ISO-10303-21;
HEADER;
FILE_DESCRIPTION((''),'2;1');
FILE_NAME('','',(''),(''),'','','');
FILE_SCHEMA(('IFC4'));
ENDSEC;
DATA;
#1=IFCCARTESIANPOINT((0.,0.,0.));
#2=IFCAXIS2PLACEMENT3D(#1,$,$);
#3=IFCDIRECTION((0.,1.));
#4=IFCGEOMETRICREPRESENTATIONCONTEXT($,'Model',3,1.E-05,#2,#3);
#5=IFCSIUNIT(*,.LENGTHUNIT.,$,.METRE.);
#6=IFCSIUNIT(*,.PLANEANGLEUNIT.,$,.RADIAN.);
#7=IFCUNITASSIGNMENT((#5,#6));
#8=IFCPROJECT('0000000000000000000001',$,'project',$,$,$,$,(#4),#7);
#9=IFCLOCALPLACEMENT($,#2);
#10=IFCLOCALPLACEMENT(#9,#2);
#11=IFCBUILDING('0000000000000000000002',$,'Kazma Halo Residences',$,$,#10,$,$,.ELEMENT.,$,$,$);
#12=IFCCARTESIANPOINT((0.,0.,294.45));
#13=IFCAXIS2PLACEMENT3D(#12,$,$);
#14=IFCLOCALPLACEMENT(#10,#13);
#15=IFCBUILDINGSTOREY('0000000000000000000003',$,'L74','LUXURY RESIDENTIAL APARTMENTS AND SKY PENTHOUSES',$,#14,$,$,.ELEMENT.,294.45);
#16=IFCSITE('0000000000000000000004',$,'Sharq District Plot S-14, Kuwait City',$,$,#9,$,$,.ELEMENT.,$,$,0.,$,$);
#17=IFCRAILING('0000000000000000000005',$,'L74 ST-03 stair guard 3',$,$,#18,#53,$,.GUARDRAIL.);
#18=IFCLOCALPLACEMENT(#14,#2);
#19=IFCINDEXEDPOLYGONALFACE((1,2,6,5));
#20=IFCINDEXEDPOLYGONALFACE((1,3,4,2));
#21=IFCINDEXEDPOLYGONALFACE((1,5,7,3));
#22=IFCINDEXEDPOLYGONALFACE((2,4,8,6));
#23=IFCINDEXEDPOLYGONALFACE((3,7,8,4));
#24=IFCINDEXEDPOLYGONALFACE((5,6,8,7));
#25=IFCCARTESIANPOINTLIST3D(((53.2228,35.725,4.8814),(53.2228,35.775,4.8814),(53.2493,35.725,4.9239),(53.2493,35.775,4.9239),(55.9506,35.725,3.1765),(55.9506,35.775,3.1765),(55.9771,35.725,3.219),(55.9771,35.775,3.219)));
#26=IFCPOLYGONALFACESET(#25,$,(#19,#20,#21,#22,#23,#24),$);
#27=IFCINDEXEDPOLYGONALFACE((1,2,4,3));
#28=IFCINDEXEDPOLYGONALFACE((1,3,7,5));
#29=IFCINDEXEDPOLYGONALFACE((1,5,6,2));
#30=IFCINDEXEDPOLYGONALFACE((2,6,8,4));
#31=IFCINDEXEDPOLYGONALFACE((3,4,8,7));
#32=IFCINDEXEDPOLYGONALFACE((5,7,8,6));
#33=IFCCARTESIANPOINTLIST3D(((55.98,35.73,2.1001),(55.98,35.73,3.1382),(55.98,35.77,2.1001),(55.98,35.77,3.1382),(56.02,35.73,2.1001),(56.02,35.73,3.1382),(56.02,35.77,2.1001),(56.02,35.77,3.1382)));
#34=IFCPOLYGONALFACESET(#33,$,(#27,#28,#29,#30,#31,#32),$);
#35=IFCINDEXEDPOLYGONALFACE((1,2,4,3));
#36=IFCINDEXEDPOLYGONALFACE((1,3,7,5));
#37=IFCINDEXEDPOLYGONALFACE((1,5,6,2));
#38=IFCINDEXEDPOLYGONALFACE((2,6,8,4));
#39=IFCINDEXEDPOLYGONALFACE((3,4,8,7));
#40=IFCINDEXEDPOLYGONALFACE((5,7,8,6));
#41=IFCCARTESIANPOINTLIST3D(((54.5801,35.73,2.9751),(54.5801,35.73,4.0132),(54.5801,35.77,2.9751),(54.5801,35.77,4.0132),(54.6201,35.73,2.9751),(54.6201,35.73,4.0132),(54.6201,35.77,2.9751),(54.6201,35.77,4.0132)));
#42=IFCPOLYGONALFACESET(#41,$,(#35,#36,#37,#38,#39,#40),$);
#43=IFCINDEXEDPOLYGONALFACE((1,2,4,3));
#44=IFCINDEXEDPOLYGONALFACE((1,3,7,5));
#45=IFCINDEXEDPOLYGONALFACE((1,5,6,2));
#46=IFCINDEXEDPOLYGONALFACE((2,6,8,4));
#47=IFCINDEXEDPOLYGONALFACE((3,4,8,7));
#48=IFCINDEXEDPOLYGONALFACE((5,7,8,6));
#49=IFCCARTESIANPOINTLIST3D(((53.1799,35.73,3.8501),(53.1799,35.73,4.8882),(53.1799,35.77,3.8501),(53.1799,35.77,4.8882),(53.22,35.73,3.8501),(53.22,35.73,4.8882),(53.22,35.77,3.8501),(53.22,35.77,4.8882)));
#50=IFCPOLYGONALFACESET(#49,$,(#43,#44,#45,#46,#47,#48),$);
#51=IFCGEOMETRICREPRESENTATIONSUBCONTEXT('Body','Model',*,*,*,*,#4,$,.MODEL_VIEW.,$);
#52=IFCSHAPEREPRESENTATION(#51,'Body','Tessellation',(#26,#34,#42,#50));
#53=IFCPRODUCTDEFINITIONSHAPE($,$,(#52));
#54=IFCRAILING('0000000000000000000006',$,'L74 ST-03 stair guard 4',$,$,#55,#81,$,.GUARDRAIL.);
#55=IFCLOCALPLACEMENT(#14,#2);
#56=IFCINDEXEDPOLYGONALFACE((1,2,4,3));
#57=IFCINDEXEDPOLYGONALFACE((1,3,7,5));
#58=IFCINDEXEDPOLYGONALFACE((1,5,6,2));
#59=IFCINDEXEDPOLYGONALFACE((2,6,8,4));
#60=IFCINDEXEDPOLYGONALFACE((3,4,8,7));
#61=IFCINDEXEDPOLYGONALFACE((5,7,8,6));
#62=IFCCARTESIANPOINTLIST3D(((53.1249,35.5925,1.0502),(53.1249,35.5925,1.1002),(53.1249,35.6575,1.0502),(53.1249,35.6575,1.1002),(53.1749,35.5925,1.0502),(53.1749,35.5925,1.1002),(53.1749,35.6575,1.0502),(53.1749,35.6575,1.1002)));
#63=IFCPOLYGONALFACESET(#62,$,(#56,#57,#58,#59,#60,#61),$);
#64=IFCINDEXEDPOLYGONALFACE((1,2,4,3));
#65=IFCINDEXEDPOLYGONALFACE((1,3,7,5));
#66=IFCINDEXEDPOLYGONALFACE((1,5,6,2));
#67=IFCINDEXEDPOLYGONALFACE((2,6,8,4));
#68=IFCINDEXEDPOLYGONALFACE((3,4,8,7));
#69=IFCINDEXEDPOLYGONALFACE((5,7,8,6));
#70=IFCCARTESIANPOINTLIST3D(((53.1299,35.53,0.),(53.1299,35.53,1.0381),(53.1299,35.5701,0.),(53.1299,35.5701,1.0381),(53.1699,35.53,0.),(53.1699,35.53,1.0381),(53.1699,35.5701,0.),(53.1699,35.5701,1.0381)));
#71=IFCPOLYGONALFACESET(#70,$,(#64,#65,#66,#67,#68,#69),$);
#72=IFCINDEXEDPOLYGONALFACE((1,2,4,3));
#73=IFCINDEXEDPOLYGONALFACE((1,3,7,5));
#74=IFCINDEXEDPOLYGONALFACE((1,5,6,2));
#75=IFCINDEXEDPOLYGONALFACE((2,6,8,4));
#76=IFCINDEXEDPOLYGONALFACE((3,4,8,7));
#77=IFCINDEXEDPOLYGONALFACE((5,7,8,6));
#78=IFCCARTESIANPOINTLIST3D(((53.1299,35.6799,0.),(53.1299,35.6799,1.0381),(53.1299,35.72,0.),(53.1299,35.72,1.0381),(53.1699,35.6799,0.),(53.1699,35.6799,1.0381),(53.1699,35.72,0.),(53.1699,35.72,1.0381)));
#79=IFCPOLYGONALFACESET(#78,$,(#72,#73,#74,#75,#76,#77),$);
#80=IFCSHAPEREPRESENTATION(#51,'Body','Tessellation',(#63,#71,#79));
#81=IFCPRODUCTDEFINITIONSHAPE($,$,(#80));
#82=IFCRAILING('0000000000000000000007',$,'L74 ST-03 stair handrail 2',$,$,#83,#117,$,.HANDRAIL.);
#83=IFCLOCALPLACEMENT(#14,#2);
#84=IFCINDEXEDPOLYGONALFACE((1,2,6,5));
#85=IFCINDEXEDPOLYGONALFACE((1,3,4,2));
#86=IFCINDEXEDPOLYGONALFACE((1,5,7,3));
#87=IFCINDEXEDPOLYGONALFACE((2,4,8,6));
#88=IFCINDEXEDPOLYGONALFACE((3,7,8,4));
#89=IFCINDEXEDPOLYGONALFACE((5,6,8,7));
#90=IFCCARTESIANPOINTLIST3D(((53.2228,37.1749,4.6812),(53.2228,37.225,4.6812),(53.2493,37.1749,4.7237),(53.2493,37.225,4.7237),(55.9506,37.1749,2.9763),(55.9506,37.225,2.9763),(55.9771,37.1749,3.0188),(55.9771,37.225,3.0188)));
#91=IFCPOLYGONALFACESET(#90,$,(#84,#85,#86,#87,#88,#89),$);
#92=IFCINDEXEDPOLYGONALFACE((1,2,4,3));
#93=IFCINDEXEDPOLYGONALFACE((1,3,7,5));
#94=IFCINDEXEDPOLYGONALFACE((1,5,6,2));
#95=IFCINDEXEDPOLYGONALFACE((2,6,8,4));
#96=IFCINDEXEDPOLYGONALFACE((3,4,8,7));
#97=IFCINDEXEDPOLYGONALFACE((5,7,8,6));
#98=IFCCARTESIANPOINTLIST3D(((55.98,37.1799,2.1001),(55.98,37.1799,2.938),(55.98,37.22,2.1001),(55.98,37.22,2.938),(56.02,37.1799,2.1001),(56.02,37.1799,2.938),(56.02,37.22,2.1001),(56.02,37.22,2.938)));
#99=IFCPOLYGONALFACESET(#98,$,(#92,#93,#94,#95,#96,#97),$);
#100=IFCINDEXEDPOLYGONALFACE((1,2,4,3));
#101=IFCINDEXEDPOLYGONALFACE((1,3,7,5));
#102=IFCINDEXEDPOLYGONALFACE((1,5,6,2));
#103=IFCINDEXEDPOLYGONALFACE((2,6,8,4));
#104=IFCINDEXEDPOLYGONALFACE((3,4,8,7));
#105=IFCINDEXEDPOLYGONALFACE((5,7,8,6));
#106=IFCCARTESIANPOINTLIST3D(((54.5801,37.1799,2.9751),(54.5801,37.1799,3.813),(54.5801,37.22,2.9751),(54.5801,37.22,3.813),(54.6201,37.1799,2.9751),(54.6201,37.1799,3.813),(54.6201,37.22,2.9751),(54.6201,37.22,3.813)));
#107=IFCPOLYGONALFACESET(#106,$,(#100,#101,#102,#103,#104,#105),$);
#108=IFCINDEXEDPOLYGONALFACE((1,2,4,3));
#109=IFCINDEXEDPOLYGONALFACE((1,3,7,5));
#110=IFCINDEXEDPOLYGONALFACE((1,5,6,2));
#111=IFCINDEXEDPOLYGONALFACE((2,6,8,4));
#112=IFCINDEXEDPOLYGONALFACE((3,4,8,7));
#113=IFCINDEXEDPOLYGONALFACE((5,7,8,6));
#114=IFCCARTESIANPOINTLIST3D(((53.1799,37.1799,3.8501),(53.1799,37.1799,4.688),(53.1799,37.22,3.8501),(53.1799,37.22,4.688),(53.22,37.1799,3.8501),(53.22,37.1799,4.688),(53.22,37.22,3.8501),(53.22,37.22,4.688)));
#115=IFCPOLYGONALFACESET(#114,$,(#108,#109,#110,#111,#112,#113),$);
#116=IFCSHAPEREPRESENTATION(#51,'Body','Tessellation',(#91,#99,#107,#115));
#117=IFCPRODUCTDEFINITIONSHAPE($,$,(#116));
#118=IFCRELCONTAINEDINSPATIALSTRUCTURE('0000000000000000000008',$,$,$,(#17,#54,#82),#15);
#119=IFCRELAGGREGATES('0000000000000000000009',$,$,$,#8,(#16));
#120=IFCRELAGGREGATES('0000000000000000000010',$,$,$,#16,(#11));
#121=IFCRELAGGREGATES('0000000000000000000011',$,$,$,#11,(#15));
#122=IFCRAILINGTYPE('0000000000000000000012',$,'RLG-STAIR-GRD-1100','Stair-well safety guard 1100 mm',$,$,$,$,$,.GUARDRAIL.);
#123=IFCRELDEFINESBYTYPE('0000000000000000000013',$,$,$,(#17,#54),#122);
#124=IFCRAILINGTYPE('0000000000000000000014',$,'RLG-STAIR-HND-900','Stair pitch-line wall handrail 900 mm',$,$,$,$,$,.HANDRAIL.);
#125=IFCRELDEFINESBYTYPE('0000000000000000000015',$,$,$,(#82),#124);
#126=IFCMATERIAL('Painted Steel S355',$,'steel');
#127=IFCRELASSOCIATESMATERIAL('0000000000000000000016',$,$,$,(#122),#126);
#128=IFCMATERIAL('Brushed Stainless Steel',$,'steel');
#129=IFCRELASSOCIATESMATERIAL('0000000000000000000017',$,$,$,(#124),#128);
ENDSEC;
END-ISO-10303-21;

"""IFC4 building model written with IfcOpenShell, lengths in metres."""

from ifc_helpers import new_model, si_unit, direction, frame, origin, origin_2d, place, context, subcontext, project, spatial, rectangle, extrude, material, type_object, element, save


model = new_model("IFC4")

# Units and contexts
model_context = context("Model", 3, precision=1e-05, world=origin(), true_north=direction((0.0, 1.0)))
body_context = subcontext(model_context, "Body", "Model", "MODEL_VIEW")
ifc_project = project(units=[si_unit("LENGTHUNIT", "METRE"), si_unit("PLANEANGLEUNIT", "RADIAN")], contexts=[model_context])

# Site, building, storey
site_placement = place(None, origin())
site = spatial("IfcSite", under=ifc_project, at=site_placement, Name="Sharq District Plot S-14, Kuwait City", CompositionType="ELEMENT", RefElevation=0.0)
building_placement = place(site_placement, origin())
building = spatial("IfcBuilding", under=site, at=building_placement, Name="Kazma Halo Residences", CompositionType="ELEMENT")
storey_placement = place(building_placement, frame((0.0, 0.0, 294.45)))
storey = spatial("IfcBuildingStorey", under=building, at=storey_placement, Name="L74", Description="LUXURY RESIDENTIAL APARTMENTS AND SKY PENTHOUSES", CompositionType="ELEMENT", Elevation=294.45)

# Railings
ifc_material_1 = material(Name="Painted Steel S355", Category="steel")
railing_type_1 = type_object("IfcRailingType", Name="RLG-STAIR-GRD-1100", Description="Stair-well safety guard 1100 mm", PredefinedType="GUARDRAIL", material=ifc_material_1)
railing_1_placement = place(storey_placement, frame((56.0, 35.75, 2.1001)))
element("IfcRailing", 1, at=railing_1_placement, inside=storey, type_object=railing_type_1, Name="L74 ST-03 stair guard 3", PredefinedType="GUARDRAIL", context=body_context, shape_type="SweptSolid", body=[
    extrude(rectangle(XDim=0.05, YDim=0.05, at=origin_2d()), frame((-0.0361, 0.0, 1.0977), z_axis=(-0.848002, 0.0, 0.529992), x_axis=(0.0, -1.0, 0.0)), (0.0, 0.0, 1.0), 3.2168),
    extrude(rectangle(XDim=0.04, YDim=0.04, at=origin_2d()), origin(), (0.0, 0.0, 1.0), 1.0381),
    extrude(rectangle(XDim=0.04, YDim=0.04, at=origin_2d()), frame((-1.3999, 0.0, 0.875)), (0.0, 0.0, 1.0), 1.0381),
    extrude(rectangle(XDim=0.04, YDim=0.04, at=origin_2d()), frame((-2.8, 0.0, 1.75)), (0.0, 0.0, 1.0), 1.0381),
])
railing_2_placement = place(storey_placement, frame((53.1499, 35.55, 0.0)))
element("IfcRailing", 2, at=railing_2_placement, inside=storey, type_object=railing_type_1, Name="L74 ST-03 stair guard 4", PredefinedType="GUARDRAIL", context=body_context, shape_type="SweptSolid", body=[
    extrude(rectangle(XDim=0.05, YDim=0.05, at=origin_2d()), frame((0.0, 0.0425, 1.0752), z_axis=(0.0, 1.0, 0.0), x_axis=(-1.0, 0.0, 0.0)), (0.0, 0.0, 1.0), 0.0649),
    extrude(rectangle(XDim=0.04, YDim=0.04, at=origin_2d()), origin(), (0.0, 0.0, 1.0), 1.0381),
    extrude(rectangle(XDim=0.04, YDim=0.04, at=origin_2d()), frame((0.0, 0.1499, 0.0)), (0.0, 0.0, 1.0), 1.0381),
])
ifc_material_2 = material(Name="Brushed Stainless Steel", Category="steel")
railing_type_2 = type_object("IfcRailingType", Name="RLG-STAIR-HND-900", Description="Stair pitch-line wall handrail 900 mm", PredefinedType="HANDRAIL", material=ifc_material_2)
railing_3_placement = place(storey_placement, frame((56.0, 37.2, 2.1001)))
element("IfcRailing", 3, at=railing_3_placement, inside=storey, type_object=railing_type_2, Name="L74 ST-03 stair handrail 2", PredefinedType="HANDRAIL", context=body_context, shape_type="SweptSolid", body=[
    extrude(rectangle(XDim=0.05, YDim=0.05, at=origin_2d()), frame((-0.0361, 0.0, 0.8975), z_axis=(-0.848002, 0.0, 0.529992), x_axis=(0.0, -1.0, 0.0)), (0.0, 0.0, 1.0), 3.2168),
    extrude(rectangle(XDim=0.04, YDim=0.04, at=origin_2d()), origin(), (0.0, 0.0, 1.0), 0.8379),
    extrude(rectangle(XDim=0.04, YDim=0.04, at=origin_2d()), frame((-1.3999, 0.0, 0.875)), (0.0, 0.0, 1.0), 0.8379),
    extrude(rectangle(XDim=0.04, YDim=0.04, at=origin_2d()), frame((-2.8, 0.0, 1.75)), (0.0, 0.0, 1.0), 0.8379),
])

save(model, "model.ifc")
